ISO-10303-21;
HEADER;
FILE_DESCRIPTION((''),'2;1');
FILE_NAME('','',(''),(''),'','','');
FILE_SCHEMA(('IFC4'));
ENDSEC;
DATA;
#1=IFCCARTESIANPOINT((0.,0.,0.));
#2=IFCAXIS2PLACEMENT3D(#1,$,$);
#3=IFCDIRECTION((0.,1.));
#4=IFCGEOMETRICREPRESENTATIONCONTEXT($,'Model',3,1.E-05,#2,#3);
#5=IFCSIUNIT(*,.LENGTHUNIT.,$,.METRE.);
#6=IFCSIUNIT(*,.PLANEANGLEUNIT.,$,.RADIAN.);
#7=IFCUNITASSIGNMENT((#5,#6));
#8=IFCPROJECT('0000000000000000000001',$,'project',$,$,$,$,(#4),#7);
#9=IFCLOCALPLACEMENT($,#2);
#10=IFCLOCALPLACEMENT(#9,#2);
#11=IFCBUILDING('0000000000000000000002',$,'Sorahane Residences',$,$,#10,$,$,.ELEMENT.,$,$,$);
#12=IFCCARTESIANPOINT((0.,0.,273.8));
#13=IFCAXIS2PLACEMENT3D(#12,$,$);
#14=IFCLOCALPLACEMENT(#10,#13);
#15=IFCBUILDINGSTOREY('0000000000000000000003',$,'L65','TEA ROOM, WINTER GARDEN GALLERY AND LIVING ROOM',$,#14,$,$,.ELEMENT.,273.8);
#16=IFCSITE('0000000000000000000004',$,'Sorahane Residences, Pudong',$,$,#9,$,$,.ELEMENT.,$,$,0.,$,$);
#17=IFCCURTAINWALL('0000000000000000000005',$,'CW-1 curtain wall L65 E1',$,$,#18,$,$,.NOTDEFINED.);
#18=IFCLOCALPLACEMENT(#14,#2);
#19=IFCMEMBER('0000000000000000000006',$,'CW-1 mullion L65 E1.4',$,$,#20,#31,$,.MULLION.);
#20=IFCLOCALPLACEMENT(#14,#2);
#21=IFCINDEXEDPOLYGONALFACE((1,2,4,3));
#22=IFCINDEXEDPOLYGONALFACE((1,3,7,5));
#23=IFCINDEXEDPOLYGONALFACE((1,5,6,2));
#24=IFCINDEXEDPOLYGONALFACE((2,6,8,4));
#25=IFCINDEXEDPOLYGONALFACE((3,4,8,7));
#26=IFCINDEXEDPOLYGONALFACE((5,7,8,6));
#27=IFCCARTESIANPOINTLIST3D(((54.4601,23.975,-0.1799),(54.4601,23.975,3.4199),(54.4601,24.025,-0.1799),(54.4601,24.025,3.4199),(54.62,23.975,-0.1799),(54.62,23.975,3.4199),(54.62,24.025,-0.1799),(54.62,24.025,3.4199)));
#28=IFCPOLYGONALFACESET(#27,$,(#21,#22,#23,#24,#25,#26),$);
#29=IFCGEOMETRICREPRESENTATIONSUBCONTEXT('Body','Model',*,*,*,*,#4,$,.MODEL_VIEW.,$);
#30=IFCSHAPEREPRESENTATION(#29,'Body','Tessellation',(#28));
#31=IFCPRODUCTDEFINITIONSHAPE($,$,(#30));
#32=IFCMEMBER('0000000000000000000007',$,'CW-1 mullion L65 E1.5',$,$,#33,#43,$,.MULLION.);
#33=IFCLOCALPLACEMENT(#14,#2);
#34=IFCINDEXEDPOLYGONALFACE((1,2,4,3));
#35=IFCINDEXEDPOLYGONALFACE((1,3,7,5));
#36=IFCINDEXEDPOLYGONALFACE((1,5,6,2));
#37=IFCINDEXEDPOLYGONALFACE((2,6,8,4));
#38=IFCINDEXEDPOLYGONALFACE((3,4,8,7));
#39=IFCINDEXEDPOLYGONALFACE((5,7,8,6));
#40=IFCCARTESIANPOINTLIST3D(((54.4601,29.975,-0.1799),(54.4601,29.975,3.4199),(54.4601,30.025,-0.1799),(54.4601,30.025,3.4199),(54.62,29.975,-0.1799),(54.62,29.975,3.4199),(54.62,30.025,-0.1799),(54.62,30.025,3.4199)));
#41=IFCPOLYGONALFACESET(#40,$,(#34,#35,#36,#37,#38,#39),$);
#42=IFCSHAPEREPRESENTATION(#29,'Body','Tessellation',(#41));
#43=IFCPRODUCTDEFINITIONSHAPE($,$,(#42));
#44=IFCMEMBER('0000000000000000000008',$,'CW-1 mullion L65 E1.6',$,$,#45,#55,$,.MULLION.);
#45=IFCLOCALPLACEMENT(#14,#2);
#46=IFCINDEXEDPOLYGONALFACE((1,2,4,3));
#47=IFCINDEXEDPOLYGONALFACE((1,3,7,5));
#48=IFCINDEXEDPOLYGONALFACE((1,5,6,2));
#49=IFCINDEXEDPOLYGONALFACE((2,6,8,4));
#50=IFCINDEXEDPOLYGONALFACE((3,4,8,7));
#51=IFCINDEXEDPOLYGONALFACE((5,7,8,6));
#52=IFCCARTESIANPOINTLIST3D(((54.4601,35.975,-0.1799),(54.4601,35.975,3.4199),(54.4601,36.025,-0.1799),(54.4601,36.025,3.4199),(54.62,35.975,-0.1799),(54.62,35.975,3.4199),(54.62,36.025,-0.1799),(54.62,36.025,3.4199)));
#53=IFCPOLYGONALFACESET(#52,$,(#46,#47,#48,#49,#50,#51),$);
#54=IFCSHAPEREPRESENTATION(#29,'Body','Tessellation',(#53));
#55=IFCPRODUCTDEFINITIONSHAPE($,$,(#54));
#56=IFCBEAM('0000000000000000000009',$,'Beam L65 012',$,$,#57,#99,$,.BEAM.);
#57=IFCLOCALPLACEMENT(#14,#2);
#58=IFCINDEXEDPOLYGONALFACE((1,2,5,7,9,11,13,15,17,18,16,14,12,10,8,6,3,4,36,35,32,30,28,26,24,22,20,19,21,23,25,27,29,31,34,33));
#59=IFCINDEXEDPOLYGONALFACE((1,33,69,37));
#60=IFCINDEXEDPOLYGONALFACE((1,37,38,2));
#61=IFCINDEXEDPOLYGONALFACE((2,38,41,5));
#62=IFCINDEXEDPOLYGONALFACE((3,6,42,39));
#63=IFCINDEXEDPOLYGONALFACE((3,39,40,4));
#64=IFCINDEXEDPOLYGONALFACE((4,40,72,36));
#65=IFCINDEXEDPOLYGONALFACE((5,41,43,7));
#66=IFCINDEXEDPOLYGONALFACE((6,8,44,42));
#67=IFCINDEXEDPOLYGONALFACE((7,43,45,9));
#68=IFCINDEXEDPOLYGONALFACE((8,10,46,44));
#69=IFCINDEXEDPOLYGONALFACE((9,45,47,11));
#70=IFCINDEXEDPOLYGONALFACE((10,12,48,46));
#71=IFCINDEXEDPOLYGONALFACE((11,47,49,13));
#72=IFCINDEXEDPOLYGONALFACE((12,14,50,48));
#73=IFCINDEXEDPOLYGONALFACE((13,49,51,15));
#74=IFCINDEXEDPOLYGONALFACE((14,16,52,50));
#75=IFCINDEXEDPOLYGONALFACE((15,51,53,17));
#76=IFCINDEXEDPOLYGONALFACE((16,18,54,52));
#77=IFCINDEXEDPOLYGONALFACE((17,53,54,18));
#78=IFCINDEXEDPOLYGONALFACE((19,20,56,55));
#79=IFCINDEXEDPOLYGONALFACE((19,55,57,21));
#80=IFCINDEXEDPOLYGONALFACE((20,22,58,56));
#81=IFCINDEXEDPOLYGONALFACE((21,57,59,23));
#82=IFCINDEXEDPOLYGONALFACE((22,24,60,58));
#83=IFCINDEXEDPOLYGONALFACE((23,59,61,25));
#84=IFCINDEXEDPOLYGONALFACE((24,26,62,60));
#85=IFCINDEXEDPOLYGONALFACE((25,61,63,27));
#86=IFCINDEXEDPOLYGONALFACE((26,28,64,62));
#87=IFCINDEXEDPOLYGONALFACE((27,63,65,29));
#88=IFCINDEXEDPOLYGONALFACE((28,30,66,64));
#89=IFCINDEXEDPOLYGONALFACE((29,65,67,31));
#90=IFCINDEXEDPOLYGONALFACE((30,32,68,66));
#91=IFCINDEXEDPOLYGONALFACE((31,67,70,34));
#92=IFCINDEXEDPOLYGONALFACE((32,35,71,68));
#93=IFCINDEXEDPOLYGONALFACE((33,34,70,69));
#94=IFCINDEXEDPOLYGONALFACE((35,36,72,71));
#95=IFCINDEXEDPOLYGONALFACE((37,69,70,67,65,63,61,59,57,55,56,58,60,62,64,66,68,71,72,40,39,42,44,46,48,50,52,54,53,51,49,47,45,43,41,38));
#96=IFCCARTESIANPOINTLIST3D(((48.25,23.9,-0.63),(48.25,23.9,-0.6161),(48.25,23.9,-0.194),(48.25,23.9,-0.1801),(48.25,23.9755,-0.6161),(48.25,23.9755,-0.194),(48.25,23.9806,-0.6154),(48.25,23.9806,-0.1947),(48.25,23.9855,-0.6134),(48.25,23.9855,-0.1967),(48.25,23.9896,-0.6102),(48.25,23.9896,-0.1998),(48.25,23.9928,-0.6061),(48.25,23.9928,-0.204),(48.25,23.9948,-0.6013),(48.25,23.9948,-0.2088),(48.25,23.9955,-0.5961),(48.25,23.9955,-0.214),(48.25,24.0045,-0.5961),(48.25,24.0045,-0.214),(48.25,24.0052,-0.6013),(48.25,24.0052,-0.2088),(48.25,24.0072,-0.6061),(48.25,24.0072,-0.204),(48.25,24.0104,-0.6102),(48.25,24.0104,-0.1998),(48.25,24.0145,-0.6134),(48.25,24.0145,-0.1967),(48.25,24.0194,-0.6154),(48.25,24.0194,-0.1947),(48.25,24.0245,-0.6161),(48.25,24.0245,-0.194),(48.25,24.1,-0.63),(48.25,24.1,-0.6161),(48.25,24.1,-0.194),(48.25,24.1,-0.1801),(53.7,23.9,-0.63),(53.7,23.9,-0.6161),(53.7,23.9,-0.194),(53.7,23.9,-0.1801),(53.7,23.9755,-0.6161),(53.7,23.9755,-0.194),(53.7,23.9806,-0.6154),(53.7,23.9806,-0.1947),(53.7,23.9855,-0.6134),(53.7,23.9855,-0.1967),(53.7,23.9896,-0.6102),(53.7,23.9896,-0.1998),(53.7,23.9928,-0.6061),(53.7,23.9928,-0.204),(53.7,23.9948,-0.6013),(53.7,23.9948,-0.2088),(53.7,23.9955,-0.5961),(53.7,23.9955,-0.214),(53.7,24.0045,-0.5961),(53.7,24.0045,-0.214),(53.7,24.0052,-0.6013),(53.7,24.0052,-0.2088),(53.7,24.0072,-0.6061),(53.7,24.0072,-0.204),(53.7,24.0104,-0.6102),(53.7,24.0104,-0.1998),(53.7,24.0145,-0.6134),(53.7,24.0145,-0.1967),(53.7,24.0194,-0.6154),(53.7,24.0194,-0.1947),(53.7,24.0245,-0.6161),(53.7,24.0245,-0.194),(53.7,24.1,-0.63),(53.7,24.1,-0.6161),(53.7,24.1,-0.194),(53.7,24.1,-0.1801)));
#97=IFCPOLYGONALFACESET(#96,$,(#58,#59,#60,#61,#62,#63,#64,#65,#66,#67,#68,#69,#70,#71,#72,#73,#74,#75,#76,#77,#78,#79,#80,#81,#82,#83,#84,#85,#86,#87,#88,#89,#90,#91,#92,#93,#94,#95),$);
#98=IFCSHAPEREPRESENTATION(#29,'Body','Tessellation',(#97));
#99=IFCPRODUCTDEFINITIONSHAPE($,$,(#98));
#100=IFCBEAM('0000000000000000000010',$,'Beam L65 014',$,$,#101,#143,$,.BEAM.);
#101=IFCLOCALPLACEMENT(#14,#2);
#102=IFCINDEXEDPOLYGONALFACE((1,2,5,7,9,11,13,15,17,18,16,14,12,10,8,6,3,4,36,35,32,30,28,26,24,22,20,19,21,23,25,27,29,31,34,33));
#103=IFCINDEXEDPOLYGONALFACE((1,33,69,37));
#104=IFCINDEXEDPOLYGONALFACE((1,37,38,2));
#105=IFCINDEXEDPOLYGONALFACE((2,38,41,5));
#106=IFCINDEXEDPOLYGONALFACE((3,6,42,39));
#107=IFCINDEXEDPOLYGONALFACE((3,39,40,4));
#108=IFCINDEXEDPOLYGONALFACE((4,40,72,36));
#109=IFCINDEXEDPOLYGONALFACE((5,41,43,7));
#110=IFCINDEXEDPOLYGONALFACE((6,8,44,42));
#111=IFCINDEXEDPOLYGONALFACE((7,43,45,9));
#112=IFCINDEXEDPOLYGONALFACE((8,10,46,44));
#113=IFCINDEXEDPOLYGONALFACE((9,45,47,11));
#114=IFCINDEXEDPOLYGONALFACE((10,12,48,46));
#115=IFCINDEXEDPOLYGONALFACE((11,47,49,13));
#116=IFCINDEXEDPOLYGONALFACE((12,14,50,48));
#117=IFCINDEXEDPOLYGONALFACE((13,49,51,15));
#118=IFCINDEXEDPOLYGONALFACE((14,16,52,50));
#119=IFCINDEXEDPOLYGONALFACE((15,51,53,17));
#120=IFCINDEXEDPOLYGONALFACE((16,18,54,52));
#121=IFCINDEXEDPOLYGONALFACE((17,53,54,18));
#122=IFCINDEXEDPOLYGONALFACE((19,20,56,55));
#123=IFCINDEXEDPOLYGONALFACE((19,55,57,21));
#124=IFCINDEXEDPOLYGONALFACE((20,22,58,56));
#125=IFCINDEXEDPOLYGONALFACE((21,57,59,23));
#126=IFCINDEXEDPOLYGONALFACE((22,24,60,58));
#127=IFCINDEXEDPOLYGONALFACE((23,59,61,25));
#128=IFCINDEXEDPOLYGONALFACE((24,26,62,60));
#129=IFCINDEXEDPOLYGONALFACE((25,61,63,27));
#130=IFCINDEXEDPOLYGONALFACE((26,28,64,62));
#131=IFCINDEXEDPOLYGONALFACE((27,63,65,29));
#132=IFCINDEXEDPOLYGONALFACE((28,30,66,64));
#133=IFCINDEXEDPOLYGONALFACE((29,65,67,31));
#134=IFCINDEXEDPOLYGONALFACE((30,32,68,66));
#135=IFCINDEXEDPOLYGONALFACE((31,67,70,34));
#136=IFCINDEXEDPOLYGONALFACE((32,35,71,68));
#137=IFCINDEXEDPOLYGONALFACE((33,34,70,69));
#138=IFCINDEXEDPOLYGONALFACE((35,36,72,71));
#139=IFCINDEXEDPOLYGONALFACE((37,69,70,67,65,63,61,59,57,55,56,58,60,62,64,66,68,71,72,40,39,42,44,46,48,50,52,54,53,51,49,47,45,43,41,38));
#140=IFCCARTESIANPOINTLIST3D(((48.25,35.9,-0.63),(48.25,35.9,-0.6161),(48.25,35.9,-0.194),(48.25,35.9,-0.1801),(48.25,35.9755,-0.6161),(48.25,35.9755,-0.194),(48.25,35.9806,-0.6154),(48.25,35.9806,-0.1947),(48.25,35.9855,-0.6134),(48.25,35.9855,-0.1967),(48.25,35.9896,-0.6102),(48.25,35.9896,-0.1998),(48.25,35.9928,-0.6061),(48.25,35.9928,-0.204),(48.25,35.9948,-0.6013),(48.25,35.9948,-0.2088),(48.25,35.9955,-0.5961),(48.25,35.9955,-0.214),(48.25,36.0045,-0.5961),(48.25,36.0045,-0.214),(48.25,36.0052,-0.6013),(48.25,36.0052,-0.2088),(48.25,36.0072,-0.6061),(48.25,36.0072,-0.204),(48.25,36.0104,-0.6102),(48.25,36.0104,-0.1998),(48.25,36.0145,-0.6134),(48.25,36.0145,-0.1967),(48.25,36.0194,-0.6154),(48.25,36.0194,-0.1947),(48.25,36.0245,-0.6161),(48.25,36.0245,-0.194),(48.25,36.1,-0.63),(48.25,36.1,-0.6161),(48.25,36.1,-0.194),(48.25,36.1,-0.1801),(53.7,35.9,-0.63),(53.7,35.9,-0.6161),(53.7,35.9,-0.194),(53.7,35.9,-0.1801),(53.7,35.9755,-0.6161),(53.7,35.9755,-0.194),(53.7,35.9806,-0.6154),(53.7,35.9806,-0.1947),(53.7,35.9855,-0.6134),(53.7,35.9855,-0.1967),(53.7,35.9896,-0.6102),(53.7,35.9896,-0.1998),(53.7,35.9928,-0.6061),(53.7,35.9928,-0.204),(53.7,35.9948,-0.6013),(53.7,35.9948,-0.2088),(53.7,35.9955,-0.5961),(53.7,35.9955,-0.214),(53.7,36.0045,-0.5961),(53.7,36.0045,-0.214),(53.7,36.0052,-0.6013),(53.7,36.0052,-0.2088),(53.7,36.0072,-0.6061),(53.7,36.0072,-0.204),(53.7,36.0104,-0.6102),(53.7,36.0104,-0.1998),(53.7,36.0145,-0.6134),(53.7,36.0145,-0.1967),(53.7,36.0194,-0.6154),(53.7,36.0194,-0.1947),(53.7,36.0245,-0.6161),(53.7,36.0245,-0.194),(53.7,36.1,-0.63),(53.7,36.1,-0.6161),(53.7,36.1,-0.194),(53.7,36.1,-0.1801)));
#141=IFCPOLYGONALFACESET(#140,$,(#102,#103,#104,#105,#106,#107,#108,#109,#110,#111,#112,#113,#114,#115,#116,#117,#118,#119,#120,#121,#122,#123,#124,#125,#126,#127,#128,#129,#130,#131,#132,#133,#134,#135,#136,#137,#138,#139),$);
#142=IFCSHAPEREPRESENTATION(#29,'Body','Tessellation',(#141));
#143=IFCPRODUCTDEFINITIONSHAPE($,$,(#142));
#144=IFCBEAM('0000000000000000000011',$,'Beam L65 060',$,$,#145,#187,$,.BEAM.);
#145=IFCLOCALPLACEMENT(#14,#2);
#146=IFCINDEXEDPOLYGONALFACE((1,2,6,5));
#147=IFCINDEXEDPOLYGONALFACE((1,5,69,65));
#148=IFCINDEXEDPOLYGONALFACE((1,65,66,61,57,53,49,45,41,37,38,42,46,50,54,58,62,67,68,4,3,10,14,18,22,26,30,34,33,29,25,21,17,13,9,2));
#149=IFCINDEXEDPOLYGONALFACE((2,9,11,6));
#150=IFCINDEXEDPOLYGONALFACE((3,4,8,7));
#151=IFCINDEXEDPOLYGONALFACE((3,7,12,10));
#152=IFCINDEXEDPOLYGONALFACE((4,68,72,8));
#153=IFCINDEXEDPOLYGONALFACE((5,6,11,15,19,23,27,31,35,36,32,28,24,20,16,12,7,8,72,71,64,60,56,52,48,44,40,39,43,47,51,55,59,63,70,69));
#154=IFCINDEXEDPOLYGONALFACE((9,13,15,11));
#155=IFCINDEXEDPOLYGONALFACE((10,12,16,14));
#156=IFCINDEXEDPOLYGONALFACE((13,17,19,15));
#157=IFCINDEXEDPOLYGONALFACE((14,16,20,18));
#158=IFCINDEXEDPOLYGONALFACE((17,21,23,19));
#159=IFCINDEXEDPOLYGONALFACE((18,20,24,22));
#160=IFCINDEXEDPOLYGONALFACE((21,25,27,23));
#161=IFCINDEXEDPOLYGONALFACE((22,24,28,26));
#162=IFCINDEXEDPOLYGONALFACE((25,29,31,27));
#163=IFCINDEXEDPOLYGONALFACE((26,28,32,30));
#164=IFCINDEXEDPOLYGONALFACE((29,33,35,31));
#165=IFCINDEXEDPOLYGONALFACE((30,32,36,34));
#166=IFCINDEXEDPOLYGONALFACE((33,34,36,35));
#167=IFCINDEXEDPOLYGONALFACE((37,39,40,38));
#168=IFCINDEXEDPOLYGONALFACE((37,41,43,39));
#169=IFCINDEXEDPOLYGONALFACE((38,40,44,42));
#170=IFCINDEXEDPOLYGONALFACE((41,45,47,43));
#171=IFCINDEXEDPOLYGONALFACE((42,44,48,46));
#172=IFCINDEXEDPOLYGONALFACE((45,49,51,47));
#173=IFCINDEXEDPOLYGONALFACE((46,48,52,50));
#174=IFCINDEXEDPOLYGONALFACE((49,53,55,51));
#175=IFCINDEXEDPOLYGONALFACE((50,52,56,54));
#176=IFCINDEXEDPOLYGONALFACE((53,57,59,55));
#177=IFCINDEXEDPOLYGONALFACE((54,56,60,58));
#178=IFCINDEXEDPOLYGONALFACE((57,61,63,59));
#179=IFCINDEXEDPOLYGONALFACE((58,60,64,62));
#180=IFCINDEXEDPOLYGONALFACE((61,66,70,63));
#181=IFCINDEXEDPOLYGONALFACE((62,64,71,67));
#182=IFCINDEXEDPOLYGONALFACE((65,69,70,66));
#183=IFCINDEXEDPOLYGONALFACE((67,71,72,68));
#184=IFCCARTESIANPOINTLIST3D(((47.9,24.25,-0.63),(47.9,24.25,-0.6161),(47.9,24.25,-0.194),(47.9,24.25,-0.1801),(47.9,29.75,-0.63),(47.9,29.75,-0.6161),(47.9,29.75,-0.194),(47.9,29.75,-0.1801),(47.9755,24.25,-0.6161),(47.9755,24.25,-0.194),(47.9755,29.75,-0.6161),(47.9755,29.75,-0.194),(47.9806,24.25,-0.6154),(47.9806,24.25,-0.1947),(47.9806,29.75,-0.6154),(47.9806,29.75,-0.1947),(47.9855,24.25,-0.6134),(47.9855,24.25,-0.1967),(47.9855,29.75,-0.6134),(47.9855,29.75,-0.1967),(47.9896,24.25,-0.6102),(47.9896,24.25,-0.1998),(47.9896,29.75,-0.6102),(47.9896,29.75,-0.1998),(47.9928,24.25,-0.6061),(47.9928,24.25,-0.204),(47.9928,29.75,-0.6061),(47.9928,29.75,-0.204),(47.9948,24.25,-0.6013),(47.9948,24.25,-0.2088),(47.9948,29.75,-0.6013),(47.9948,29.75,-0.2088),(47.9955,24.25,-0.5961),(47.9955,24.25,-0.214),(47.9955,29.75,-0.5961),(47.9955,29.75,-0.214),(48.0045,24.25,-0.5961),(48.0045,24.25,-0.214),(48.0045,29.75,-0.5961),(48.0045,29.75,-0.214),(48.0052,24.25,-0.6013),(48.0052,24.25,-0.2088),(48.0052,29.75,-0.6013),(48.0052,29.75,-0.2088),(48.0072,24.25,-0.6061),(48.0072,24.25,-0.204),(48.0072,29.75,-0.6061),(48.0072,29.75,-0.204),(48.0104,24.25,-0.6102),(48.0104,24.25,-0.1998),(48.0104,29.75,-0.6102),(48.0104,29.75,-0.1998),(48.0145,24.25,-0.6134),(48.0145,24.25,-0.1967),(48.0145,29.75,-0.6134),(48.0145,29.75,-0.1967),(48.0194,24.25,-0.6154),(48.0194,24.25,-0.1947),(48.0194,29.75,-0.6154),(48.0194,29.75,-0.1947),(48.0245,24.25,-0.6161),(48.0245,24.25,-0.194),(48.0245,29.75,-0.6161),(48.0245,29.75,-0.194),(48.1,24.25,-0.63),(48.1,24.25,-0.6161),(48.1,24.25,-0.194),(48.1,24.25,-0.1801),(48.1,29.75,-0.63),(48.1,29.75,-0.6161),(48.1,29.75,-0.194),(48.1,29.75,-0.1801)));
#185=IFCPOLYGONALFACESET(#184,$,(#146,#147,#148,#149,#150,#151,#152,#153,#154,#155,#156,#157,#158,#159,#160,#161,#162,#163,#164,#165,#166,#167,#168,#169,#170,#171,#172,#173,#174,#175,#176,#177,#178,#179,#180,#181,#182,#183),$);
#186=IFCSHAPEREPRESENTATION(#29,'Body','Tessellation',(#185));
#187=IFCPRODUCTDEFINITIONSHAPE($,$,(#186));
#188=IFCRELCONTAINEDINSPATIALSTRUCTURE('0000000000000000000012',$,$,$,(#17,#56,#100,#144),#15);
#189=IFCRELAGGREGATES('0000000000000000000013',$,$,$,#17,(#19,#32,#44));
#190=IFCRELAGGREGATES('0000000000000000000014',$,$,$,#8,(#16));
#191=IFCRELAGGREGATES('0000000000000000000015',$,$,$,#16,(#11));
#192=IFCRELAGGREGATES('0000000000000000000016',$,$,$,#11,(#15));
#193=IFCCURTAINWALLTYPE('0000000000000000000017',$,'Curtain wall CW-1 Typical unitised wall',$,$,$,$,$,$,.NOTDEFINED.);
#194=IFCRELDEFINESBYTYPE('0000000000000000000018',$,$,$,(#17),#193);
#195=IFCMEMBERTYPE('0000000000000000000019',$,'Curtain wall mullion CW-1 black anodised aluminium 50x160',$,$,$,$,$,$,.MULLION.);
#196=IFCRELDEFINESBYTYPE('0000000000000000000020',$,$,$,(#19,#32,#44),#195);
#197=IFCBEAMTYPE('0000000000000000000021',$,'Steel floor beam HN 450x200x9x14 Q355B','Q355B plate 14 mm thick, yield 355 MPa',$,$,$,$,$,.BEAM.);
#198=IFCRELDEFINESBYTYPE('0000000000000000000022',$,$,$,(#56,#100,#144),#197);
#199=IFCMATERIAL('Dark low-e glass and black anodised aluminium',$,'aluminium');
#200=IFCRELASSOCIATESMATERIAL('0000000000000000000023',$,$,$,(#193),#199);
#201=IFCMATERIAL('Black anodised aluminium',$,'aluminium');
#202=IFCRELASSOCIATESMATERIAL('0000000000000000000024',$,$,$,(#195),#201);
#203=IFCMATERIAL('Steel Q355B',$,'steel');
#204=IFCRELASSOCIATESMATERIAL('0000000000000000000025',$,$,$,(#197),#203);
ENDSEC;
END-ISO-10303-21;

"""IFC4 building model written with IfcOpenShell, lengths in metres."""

from ifc_helpers import new_model, si_unit, direction, frame, origin, origin_2d, place, context, subcontext, project, spatial, rectangle, i_section, extrude, material, material_profile, profile_set, type_object, element, aggregate, save


model = new_model("IFC4")

# Units and contexts
model_context = context("Model", 3, precision=1e-05, world=origin(), true_north=direction((0.0, 1.0)))
body_context = subcontext(model_context, "Body", "Model", "MODEL_VIEW")
ifc_project = project(units=[si_unit("LENGTHUNIT", "METRE"), si_unit("PLANEANGLEUNIT", "RADIAN")], contexts=[model_context])

# Site, building, storey
site_placement = place(None, origin())
site = spatial("IfcSite", under=ifc_project, at=site_placement, Name="Sorahane Residences, Pudong", CompositionType="ELEMENT", RefElevation=0.0)
building_placement = place(site_placement, origin())
building = spatial("IfcBuilding", under=site, at=building_placement, Name="Sorahane Residences", CompositionType="ELEMENT")
storey_placement = place(building_placement, frame((0.0, 0.0, 273.8)))
storey = spatial("IfcBuildingStorey", under=building, at=storey_placement, Name="L65", Description="TEA ROOM, WINTER GARDEN GALLERY AND LIVING ROOM", CompositionType="ELEMENT", Elevation=273.8)

# Curtain wall, members
ifc_material_1 = material(Name="Dark low-e glass and black anodised aluminium", Category="aluminium")
curtain_wall_type = type_object("IfcCurtainWallType", Name="Curtain wall CW-1 Typical unitised wall", PredefinedType="NOTDEFINED", material=ifc_material_1)
curtain_wall_placement = place(storey_placement, origin())
curtain_wall = element("IfcCurtainWall", 1, at=curtain_wall_placement, inside=storey, type_object=curtain_wall_type, Name="CW-1 curtain wall L65 E1", PredefinedType="NOTDEFINED")
ifc_material_2 = material(Name="Black anodised aluminium", Category="aluminium")
ifc_material_profile_1 = material_profile(ifc_material_2, rectangle(XDim=0.1599, YDim=0.05, at=origin_2d()), Name="Curtain wall mullion CW-1 black anodised aluminium 50x160")
ifc_profile_set_1 = profile_set([ifc_material_profile_1], Name="Black anodised aluminium")
member_type_1 = type_object("IfcMemberType", Name="Curtain wall mullion CW-1 black anodised aluminium 50x160", PredefinedType="MULLION", material=ifc_profile_set_1)
member_1_placement = place(storey_placement, frame((54.54, 24.0, -0.1799), z_axis=(0.0, 0.0, 1.0), x_axis=(1.0, 0.0, 0.0)))
member_1 = element("IfcMember", 2, at=member_1_placement, type_object=member_type_1, Name="CW-1 mullion L65 E1.4", PredefinedType="MULLION", context=body_context, shape_type="SweptSolid", body=[
    extrude(rectangle(XDim=0.1599, YDim=0.05, at=origin_2d()), origin(), (0.0, 0.0, 1.0), 3.5999),
])
member_2_placement = place(storey_placement, frame((54.54, 30.0, -0.1799), z_axis=(0.0, 0.0, 1.0), x_axis=(1.0, 0.0, 0.0)))
member_2 = element("IfcMember", 3, at=member_2_placement, type_object=member_type_1, Name="CW-1 mullion L65 E1.5", PredefinedType="MULLION", context=body_context, shape_type="SweptSolid", body=[
    extrude(rectangle(XDim=0.1599, YDim=0.05, at=origin_2d()), origin(), (0.0, 0.0, 1.0), 3.5999),
])
member_3_placement = place(storey_placement, frame((54.54, 36.0, -0.1799), z_axis=(0.0, 0.0, 1.0), x_axis=(1.0, 0.0, 0.0)))
member_3 = element("IfcMember", 4, at=member_3_placement, type_object=member_type_1, Name="CW-1 mullion L65 E1.6", PredefinedType="MULLION", context=body_context, shape_type="SweptSolid", body=[
    extrude(rectangle(XDim=0.1599, YDim=0.05, at=origin_2d()), origin(), (0.0, 0.0, 1.0), 3.5999),
])

# Beams
ifc_material_3 = material(Name="Steel Q355B", Category="steel")
ifc_material_profile_2 = material_profile(ifc_material_3, i_section(OverallWidth=0.2, OverallDepth=0.45, WebThickness=0.009, FlangeThickness=0.0139, FilletRadius=0.02, at=origin_2d()), Name="HN 450x200x9x14")
ifc_profile_set_2 = profile_set([ifc_material_profile_2], Name="Steel Q355B")
beam_type_1 = type_object("IfcBeamType", Name="Steel floor beam HN 450x200x9x14 Q355B", Description="Q355B plate 14 mm thick, yield 355 MPa", PredefinedType="BEAM", material=ifc_profile_set_2)
for number, where, z_axis, x_axis, name in (
    (5, (48.25, 24.0, -0.405), (1.0, 0.0, 0.0), (0.0, 1.0, 0.0), "Beam L65 012"),
    (6, (48.25, 36.0, -0.405), (1.0, 0.0, 0.0), (0.0, 1.0, 0.0), "Beam L65 014"),
):
    element("IfcBeam", number, at=place(storey_placement, frame(where, z_axis=z_axis, x_axis=x_axis)), inside=storey, type_object=beam_type_1, Name=name, PredefinedType="BEAM", context=body_context, shape_type="SweptSolid", body=[
        extrude(i_section(OverallWidth=0.2, OverallDepth=0.45, WebThickness=0.009, FlangeThickness=0.0139, FilletRadius=0.02, at=origin_2d()), origin(), (0.0, 0.0, 1.0), 5.45),
    ])
for number, where, z_axis, x_axis, name in (
    (7, (48.0, 24.25, -0.405), (0.0, 1.0, 0.0), (-1.0, 0.0, 0.0), "Beam L65 060"),
):
    element("IfcBeam", number, at=place(storey_placement, frame(where, z_axis=z_axis, x_axis=x_axis)), inside=storey, type_object=beam_type_1, Name=name, PredefinedType="BEAM", context=body_context, shape_type="SweptSolid", body=[
        extrude(i_section(OverallWidth=0.2, OverallDepth=0.45, WebThickness=0.009, FlangeThickness=0.0139, FilletRadius=0.02, at=origin_2d()), origin(), (0.0, 0.0, 1.0), 5.5),
    ])

aggregate(curtain_wall, [member_1, member_2, member_3])

save(model, "model.ifc")
